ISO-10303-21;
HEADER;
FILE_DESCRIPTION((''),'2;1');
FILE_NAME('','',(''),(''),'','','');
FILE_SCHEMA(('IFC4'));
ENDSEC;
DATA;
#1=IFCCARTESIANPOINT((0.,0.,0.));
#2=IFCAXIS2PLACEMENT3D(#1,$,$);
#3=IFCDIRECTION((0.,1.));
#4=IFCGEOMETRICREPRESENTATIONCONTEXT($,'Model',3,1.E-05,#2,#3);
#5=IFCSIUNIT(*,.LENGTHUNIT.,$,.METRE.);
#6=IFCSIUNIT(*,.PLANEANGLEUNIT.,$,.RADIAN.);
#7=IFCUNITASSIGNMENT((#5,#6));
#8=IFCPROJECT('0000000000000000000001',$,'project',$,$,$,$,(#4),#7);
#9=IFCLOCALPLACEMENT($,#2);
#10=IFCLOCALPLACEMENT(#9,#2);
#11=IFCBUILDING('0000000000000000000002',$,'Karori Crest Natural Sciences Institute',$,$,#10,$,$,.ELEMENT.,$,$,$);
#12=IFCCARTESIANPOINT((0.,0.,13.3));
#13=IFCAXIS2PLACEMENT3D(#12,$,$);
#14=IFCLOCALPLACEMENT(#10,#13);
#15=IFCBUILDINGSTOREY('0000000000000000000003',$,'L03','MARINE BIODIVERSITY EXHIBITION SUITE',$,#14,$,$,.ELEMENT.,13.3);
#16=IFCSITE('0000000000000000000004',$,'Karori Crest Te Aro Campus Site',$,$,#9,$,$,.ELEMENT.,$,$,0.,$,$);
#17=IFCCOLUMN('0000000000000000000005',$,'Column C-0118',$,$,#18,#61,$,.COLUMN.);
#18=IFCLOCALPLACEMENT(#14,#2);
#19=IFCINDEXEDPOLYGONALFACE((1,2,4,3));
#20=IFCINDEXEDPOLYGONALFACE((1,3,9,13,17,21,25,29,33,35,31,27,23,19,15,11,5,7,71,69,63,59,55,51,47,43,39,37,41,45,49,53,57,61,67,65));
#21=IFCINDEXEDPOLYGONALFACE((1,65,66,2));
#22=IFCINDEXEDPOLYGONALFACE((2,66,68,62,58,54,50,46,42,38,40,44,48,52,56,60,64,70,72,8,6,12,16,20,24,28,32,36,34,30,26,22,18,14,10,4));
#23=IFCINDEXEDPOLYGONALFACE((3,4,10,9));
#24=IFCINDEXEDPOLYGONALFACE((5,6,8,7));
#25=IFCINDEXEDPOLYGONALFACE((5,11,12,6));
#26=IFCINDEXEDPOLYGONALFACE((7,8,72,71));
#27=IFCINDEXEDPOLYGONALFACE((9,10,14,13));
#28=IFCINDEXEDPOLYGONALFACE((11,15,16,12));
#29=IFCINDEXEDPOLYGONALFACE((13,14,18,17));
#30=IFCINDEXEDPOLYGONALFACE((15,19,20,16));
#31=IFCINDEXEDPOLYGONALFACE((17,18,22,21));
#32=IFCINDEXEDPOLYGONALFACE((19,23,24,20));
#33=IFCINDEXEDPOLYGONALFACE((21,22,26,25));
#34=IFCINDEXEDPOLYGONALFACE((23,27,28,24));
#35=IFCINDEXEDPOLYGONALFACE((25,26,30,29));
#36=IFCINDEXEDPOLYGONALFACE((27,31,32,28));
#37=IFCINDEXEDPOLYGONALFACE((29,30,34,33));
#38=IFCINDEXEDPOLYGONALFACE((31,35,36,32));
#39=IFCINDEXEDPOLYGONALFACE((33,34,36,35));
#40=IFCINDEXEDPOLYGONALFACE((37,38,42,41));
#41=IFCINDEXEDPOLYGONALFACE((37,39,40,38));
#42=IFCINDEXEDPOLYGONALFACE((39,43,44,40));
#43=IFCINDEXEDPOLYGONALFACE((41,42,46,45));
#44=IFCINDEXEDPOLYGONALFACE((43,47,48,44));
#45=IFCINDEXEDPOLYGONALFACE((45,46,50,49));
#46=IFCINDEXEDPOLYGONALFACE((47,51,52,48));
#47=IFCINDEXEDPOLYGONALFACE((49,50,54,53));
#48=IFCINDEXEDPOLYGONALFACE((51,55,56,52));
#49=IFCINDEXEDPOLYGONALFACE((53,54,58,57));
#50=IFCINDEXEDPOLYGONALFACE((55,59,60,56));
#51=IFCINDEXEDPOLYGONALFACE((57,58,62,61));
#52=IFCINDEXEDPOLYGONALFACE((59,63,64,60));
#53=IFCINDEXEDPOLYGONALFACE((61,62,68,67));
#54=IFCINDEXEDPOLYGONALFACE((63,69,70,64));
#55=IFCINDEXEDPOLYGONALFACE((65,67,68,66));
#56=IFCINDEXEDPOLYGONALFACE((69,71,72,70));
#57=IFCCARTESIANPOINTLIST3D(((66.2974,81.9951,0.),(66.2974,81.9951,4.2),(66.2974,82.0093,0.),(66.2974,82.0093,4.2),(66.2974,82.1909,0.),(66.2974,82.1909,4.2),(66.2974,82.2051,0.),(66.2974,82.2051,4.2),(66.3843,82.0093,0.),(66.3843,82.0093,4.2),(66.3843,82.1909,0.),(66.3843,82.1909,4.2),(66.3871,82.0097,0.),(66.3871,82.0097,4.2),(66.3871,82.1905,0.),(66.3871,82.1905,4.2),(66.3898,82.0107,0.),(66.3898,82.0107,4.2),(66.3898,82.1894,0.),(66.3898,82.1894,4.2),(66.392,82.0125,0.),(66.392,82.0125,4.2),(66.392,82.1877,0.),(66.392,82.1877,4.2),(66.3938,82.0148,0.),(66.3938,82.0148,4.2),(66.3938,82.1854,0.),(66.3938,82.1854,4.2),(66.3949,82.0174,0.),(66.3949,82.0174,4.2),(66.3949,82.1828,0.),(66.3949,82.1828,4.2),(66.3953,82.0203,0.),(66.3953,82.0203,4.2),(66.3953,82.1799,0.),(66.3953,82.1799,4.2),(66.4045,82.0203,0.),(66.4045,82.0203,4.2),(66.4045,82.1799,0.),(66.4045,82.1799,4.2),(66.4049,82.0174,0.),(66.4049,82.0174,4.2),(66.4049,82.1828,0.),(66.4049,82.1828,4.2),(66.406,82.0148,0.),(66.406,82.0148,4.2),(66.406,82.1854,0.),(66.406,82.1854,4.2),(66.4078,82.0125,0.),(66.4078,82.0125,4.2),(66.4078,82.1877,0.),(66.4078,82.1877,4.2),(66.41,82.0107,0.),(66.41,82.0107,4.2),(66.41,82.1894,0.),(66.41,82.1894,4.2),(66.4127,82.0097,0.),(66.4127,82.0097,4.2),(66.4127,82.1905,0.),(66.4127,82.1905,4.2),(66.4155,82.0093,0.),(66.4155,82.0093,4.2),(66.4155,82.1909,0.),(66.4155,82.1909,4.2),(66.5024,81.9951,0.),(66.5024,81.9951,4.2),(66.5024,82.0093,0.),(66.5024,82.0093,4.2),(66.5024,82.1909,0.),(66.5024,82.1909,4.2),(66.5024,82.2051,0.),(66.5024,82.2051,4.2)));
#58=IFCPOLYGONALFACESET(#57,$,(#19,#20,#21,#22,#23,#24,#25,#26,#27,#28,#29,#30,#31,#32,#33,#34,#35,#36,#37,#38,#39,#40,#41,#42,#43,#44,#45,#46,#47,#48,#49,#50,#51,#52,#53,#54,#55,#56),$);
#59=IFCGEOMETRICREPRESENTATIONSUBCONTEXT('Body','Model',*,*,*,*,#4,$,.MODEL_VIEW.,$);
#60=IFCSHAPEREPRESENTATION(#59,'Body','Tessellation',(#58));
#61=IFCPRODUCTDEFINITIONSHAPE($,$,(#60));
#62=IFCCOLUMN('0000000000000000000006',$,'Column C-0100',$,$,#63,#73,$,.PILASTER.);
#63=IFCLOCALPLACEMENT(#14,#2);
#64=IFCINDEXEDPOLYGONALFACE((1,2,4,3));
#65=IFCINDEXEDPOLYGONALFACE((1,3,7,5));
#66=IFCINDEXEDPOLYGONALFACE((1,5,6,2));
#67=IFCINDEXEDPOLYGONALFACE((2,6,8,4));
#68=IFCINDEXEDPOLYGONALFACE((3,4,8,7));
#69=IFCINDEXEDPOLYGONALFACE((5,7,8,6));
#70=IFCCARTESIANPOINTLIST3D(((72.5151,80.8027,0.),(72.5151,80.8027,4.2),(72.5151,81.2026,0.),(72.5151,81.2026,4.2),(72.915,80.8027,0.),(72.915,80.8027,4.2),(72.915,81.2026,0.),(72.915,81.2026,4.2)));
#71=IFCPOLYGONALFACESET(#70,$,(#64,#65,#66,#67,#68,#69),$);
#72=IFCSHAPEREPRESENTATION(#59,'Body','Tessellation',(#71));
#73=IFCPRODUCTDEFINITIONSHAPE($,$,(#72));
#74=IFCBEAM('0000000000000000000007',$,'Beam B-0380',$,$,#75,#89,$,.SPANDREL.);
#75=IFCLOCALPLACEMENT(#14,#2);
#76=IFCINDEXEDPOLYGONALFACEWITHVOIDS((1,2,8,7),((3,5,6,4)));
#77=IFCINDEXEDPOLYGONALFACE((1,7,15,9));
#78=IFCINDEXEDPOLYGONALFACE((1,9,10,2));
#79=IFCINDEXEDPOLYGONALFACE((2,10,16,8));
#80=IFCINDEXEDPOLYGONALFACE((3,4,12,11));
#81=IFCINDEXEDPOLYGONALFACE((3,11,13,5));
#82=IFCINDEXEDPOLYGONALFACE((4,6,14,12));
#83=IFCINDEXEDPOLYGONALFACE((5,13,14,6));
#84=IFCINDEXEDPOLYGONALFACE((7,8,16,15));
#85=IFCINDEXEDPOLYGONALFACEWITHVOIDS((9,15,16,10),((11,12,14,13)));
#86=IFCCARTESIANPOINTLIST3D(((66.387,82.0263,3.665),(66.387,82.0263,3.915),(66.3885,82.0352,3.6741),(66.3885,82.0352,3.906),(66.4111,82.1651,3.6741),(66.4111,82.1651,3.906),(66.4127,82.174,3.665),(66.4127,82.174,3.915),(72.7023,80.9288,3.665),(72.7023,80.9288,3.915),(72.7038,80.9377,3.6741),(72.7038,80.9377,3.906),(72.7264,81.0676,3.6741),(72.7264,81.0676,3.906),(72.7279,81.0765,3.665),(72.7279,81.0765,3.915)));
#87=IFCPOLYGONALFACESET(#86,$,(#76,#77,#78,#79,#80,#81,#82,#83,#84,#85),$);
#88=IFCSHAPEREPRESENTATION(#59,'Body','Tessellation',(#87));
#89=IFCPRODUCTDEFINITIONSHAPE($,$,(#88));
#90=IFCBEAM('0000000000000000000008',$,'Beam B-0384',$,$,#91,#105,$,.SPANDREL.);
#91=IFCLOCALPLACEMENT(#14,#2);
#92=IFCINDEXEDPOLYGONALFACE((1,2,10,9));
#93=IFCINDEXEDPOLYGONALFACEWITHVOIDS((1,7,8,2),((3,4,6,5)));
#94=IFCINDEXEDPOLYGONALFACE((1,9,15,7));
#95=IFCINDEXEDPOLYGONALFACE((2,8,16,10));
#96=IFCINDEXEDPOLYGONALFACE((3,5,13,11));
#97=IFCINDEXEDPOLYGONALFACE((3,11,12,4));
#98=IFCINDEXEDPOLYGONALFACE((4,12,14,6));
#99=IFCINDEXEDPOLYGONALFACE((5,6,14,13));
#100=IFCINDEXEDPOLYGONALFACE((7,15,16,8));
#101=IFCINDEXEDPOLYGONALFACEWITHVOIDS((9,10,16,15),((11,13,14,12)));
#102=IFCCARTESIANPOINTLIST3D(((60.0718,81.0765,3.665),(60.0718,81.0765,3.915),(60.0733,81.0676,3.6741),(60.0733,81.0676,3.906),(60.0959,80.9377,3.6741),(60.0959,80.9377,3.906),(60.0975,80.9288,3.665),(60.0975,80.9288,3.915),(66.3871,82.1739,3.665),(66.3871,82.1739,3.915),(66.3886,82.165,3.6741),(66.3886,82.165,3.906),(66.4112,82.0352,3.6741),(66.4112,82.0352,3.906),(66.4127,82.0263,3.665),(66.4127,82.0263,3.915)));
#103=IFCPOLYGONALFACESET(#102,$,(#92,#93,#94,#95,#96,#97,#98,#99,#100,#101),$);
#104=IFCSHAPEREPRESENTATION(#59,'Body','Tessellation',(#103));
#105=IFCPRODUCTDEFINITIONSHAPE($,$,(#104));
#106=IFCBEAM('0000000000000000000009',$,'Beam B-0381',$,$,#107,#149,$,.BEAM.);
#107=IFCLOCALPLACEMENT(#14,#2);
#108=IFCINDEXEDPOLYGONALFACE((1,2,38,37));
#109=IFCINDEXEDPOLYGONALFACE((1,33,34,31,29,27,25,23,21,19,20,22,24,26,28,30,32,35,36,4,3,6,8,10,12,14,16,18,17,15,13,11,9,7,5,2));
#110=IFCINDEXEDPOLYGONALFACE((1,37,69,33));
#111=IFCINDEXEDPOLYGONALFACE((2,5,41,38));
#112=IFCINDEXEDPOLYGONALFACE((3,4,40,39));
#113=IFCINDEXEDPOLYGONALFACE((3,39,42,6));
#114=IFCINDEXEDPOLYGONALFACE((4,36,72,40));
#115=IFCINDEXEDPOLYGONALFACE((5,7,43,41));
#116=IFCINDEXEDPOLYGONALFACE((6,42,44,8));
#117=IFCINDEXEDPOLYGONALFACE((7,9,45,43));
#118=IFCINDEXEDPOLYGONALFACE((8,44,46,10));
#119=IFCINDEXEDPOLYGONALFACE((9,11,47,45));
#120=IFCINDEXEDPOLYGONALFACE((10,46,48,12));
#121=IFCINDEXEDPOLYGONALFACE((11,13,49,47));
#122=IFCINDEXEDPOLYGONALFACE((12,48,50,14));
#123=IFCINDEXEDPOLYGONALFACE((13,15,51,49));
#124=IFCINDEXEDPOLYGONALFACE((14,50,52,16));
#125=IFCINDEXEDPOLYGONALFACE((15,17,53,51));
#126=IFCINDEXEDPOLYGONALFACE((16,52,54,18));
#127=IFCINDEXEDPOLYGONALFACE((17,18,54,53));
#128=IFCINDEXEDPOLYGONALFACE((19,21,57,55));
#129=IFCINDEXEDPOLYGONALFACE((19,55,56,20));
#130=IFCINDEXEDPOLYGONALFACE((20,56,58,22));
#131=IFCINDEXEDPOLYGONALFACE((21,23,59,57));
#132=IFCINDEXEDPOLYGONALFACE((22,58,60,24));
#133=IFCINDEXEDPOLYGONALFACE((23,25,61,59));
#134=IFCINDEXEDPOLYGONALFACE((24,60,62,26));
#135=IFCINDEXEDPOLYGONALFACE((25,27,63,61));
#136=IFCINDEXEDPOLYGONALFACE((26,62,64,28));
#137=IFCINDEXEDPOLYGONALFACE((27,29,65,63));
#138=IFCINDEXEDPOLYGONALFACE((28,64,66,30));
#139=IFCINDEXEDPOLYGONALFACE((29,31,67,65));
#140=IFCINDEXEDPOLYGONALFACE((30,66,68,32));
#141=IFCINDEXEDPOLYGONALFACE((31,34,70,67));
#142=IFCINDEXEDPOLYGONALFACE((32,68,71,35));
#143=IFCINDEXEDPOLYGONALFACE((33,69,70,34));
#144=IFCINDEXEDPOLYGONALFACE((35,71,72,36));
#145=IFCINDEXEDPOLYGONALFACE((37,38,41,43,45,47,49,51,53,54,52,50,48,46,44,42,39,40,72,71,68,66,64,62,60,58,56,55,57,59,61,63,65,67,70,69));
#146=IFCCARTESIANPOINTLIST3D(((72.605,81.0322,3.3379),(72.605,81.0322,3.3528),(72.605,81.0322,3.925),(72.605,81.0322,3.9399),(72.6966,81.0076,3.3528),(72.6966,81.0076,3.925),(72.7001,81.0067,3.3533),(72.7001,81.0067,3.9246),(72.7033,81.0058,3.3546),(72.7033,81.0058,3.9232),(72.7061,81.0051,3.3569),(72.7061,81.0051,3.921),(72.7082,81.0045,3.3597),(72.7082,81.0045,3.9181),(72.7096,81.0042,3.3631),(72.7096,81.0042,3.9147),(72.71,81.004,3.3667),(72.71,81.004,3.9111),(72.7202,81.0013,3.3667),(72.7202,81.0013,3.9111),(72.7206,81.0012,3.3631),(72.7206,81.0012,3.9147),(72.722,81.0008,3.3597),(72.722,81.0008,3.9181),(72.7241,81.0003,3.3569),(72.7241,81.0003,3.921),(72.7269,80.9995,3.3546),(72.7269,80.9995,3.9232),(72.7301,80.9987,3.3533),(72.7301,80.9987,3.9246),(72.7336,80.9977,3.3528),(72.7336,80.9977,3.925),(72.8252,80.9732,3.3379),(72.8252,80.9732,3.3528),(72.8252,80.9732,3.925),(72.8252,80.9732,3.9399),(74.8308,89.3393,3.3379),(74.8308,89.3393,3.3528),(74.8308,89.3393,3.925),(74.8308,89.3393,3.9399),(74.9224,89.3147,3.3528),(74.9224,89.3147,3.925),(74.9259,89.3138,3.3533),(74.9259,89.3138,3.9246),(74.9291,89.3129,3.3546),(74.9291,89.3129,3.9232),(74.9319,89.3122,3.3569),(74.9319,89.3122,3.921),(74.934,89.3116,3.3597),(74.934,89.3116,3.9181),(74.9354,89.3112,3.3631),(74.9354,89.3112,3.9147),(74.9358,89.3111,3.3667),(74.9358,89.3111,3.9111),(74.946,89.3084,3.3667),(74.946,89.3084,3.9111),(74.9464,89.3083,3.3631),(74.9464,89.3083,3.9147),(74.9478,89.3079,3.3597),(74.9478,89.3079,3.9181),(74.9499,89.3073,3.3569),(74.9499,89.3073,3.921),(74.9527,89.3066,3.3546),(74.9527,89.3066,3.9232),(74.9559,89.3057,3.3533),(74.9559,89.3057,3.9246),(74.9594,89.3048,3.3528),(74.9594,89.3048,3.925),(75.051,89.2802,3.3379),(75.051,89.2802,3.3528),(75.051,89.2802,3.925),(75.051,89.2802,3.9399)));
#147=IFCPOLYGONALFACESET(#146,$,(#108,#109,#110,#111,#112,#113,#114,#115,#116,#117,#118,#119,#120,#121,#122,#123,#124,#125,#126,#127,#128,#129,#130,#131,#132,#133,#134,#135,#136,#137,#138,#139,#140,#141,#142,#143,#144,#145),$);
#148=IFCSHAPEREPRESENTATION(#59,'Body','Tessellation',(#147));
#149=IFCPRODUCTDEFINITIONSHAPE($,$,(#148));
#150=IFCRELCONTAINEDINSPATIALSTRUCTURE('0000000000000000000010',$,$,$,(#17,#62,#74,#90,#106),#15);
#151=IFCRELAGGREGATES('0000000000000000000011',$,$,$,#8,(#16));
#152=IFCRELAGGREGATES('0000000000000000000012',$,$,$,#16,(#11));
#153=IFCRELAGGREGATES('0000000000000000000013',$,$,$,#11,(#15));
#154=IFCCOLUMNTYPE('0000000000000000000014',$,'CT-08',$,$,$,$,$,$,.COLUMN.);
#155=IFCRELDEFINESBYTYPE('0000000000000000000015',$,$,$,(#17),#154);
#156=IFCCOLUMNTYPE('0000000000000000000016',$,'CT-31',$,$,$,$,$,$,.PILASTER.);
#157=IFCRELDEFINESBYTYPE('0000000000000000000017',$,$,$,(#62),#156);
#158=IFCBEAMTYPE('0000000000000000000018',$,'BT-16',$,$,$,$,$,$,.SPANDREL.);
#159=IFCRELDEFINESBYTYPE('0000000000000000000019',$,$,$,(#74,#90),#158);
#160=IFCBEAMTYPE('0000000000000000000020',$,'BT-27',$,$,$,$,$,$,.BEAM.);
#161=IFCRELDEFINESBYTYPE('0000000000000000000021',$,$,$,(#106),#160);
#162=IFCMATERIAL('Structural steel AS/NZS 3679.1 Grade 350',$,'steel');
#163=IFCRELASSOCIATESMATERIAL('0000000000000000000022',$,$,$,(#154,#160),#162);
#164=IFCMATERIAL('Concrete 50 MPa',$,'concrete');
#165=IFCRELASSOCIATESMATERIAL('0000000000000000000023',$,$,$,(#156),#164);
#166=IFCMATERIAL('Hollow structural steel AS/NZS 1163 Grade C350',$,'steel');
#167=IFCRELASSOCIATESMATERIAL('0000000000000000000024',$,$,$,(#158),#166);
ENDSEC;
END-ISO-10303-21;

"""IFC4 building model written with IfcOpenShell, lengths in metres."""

from ifc_helpers import new_model, si_unit, direction, frame, origin, origin_2d, place, context, subcontext, project, spatial, rectangle, hollow_rectangle, i_section, extrude, material, material_profile, profile_set, type_object, element, save


model = new_model("IFC4")

# Units and contexts
model_context = context("Model", 3, precision=1e-05, world=origin(), true_north=direction((0.0, 1.0)))
body_context = subcontext(model_context, "Body", "Model", "MODEL_VIEW")
ifc_project = project(units=[si_unit("LENGTHUNIT", "METRE"), si_unit("PLANEANGLEUNIT", "RADIAN")], contexts=[model_context])

# Site, building, storey
site_placement = place(None, origin())
site = spatial("IfcSite", under=ifc_project, at=site_placement, Name="Karori Crest Te Aro Campus Site", CompositionType="ELEMENT", RefElevation=0.0)
building_placement = place(site_placement, origin())
building = spatial("IfcBuilding", under=site, at=building_placement, Name="Karori Crest Natural Sciences Institute", CompositionType="ELEMENT")
storey_placement = place(building_placement, frame((0.0, 0.0, 13.3)))
storey = spatial("IfcBuildingStorey", under=building, at=storey_placement, Name="L03", Description="MARINE BIODIVERSITY EXHIBITION SUITE", CompositionType="ELEMENT", Elevation=13.3)

# Columns
ifc_material_1 = material(Name="Structural steel AS/NZS 3679.1 Grade 350", Category="steel")
ifc_material_profile_1 = material_profile(ifc_material_1, i_section(OverallWidth=0.2051, OverallDepth=0.21, WebThickness=0.0093, FlangeThickness=0.0142, FilletRadius=0.011, at=origin_2d()), Name="200UC59.5")
ifc_profile_set_1 = profile_set([ifc_material_profile_1], Name="Structural steel AS/NZS 3679.1 Grade 350")
column_type_1 = type_object("IfcColumnType", Name="CT-08", PredefinedType="COLUMN", material=ifc_profile_set_1)
column_1_placement = place(storey_placement, frame((66.3999, 82.1001, 0.0), z_axis=(0.0, 0.0, 1.0), x_axis=(1.0, 0.0, 0.0)))
element("IfcColumn", 1, at=column_1_placement, inside=storey, type_object=column_type_1, Name="Column C-0118", PredefinedType="COLUMN", context=body_context, shape_type="SweptSolid", body=[
    extrude(i_section(OverallWidth=0.2051, OverallDepth=0.21, WebThickness=0.0093, FlangeThickness=0.0142, FilletRadius=0.011, at=origin_2d()), origin(), (0.0, 0.0, 1.0), 4.2),
])
ifc_material_2 = material(Name="Concrete 50 MPa", Category="concrete")
ifc_material_profile_2 = material_profile(ifc_material_2, rectangle(XDim=0.3999, YDim=0.3999, at=origin_2d()), Name="RC400x400")
ifc_profile_set_2 = profile_set([ifc_material_profile_2], Name="Concrete 50 MPa")
column_type_2 = type_object("IfcColumnType", Name="CT-31", PredefinedType="PILASTER", material=ifc_profile_set_2)
column_2_placement = place(storey_placement, frame((72.7151, 81.0027, 0.0), z_axis=(0.0, 0.0, 1.0), x_axis=(1.0, 0.0, 0.0)))
element("IfcColumn", 2, at=column_2_placement, inside=storey, type_object=column_type_2, Name="Column C-0100", PredefinedType="PILASTER", context=body_context, shape_type="SweptSolid", body=[
    extrude(rectangle(XDim=0.3999, YDim=0.3999, at=origin_2d()), origin(), (0.0, 0.0, 1.0), 4.2),
])

# Beams
ifc_material_3 = material(Name="Hollow structural steel AS/NZS 1163 Grade C350", Category="steel")
ifc_material_profile_3 = material_profile(ifc_material_3, hollow_rectangle(XDim=0.1499, YDim=0.25, WallThickness=0.009, at=origin_2d()), Name="RHS250x150x9")
ifc_profile_set_3 = profile_set([ifc_material_profile_3], Name="Hollow structural steel AS/NZS 1163 Grade C350")
beam_type_1 = type_object("IfcBeamType", Name="BT-16", PredefinedType="SPANDREL", material=ifc_profile_set_3)
for number, where, z_axis, x_axis, name in (
    (3, (72.7151, 81.0027, 3.79), (-0.985235, 0.171208, 0.0), (-0.171208, -0.985235, 0.0), "Beam B-0380"),
    (4, (66.3999, 82.1001, 3.79), (-0.985235, -0.171208, 0.0), (0.171208, -0.985235, 0.0), "Beam B-0384"),
):
    element("IfcBeam", number, at=place(storey_placement, frame(where, z_axis=z_axis, x_axis=x_axis)), inside=storey, type_object=beam_type_1, Name=name, PredefinedType="SPANDREL", context=body_context, shape_type="SweptSolid", body=[
        extrude(hollow_rectangle(XDim=0.1499, YDim=0.25, WallThickness=0.009, at=origin_2d()), origin(), (0.0, 0.0, 1.0), 6.4099),
    ])
ifc_material_profile_4 = material_profile(ifc_material_1, i_section(OverallWidth=0.228, OverallDepth=0.6021, WebThickness=0.0105, FlangeThickness=0.0149, FilletRadius=0.0139, at=origin_2d()), Name="610UB101")
ifc_profile_set_4 = profile_set([ifc_material_profile_4], Name="Structural steel AS/NZS 3679.1 Grade 350")
beam_type_2 = type_object("IfcBeamType", Name="BT-27", PredefinedType="BEAM", material=ifc_profile_set_4)
beam_1_placement = place(storey_placement, frame((72.7151, 81.0027, 3.6389), z_axis=(0.258813, 0.965928, 0.0), x_axis=(-0.965928, 0.258813, 0.0)))
element("IfcBeam", 5, at=beam_1_placement, inside=storey, type_object=beam_type_2, Name="Beam B-0381", PredefinedType="BEAM", context=body_context, shape_type="SweptSolid", body=[
    extrude(i_section(OverallWidth=0.228, OverallDepth=0.6021, WebThickness=0.0105, FlangeThickness=0.0149, FilletRadius=0.0139, at=origin_2d()), origin(), (0.0, 0.0, 1.0), 8.6001),
])

save(model, "model.ifc")
